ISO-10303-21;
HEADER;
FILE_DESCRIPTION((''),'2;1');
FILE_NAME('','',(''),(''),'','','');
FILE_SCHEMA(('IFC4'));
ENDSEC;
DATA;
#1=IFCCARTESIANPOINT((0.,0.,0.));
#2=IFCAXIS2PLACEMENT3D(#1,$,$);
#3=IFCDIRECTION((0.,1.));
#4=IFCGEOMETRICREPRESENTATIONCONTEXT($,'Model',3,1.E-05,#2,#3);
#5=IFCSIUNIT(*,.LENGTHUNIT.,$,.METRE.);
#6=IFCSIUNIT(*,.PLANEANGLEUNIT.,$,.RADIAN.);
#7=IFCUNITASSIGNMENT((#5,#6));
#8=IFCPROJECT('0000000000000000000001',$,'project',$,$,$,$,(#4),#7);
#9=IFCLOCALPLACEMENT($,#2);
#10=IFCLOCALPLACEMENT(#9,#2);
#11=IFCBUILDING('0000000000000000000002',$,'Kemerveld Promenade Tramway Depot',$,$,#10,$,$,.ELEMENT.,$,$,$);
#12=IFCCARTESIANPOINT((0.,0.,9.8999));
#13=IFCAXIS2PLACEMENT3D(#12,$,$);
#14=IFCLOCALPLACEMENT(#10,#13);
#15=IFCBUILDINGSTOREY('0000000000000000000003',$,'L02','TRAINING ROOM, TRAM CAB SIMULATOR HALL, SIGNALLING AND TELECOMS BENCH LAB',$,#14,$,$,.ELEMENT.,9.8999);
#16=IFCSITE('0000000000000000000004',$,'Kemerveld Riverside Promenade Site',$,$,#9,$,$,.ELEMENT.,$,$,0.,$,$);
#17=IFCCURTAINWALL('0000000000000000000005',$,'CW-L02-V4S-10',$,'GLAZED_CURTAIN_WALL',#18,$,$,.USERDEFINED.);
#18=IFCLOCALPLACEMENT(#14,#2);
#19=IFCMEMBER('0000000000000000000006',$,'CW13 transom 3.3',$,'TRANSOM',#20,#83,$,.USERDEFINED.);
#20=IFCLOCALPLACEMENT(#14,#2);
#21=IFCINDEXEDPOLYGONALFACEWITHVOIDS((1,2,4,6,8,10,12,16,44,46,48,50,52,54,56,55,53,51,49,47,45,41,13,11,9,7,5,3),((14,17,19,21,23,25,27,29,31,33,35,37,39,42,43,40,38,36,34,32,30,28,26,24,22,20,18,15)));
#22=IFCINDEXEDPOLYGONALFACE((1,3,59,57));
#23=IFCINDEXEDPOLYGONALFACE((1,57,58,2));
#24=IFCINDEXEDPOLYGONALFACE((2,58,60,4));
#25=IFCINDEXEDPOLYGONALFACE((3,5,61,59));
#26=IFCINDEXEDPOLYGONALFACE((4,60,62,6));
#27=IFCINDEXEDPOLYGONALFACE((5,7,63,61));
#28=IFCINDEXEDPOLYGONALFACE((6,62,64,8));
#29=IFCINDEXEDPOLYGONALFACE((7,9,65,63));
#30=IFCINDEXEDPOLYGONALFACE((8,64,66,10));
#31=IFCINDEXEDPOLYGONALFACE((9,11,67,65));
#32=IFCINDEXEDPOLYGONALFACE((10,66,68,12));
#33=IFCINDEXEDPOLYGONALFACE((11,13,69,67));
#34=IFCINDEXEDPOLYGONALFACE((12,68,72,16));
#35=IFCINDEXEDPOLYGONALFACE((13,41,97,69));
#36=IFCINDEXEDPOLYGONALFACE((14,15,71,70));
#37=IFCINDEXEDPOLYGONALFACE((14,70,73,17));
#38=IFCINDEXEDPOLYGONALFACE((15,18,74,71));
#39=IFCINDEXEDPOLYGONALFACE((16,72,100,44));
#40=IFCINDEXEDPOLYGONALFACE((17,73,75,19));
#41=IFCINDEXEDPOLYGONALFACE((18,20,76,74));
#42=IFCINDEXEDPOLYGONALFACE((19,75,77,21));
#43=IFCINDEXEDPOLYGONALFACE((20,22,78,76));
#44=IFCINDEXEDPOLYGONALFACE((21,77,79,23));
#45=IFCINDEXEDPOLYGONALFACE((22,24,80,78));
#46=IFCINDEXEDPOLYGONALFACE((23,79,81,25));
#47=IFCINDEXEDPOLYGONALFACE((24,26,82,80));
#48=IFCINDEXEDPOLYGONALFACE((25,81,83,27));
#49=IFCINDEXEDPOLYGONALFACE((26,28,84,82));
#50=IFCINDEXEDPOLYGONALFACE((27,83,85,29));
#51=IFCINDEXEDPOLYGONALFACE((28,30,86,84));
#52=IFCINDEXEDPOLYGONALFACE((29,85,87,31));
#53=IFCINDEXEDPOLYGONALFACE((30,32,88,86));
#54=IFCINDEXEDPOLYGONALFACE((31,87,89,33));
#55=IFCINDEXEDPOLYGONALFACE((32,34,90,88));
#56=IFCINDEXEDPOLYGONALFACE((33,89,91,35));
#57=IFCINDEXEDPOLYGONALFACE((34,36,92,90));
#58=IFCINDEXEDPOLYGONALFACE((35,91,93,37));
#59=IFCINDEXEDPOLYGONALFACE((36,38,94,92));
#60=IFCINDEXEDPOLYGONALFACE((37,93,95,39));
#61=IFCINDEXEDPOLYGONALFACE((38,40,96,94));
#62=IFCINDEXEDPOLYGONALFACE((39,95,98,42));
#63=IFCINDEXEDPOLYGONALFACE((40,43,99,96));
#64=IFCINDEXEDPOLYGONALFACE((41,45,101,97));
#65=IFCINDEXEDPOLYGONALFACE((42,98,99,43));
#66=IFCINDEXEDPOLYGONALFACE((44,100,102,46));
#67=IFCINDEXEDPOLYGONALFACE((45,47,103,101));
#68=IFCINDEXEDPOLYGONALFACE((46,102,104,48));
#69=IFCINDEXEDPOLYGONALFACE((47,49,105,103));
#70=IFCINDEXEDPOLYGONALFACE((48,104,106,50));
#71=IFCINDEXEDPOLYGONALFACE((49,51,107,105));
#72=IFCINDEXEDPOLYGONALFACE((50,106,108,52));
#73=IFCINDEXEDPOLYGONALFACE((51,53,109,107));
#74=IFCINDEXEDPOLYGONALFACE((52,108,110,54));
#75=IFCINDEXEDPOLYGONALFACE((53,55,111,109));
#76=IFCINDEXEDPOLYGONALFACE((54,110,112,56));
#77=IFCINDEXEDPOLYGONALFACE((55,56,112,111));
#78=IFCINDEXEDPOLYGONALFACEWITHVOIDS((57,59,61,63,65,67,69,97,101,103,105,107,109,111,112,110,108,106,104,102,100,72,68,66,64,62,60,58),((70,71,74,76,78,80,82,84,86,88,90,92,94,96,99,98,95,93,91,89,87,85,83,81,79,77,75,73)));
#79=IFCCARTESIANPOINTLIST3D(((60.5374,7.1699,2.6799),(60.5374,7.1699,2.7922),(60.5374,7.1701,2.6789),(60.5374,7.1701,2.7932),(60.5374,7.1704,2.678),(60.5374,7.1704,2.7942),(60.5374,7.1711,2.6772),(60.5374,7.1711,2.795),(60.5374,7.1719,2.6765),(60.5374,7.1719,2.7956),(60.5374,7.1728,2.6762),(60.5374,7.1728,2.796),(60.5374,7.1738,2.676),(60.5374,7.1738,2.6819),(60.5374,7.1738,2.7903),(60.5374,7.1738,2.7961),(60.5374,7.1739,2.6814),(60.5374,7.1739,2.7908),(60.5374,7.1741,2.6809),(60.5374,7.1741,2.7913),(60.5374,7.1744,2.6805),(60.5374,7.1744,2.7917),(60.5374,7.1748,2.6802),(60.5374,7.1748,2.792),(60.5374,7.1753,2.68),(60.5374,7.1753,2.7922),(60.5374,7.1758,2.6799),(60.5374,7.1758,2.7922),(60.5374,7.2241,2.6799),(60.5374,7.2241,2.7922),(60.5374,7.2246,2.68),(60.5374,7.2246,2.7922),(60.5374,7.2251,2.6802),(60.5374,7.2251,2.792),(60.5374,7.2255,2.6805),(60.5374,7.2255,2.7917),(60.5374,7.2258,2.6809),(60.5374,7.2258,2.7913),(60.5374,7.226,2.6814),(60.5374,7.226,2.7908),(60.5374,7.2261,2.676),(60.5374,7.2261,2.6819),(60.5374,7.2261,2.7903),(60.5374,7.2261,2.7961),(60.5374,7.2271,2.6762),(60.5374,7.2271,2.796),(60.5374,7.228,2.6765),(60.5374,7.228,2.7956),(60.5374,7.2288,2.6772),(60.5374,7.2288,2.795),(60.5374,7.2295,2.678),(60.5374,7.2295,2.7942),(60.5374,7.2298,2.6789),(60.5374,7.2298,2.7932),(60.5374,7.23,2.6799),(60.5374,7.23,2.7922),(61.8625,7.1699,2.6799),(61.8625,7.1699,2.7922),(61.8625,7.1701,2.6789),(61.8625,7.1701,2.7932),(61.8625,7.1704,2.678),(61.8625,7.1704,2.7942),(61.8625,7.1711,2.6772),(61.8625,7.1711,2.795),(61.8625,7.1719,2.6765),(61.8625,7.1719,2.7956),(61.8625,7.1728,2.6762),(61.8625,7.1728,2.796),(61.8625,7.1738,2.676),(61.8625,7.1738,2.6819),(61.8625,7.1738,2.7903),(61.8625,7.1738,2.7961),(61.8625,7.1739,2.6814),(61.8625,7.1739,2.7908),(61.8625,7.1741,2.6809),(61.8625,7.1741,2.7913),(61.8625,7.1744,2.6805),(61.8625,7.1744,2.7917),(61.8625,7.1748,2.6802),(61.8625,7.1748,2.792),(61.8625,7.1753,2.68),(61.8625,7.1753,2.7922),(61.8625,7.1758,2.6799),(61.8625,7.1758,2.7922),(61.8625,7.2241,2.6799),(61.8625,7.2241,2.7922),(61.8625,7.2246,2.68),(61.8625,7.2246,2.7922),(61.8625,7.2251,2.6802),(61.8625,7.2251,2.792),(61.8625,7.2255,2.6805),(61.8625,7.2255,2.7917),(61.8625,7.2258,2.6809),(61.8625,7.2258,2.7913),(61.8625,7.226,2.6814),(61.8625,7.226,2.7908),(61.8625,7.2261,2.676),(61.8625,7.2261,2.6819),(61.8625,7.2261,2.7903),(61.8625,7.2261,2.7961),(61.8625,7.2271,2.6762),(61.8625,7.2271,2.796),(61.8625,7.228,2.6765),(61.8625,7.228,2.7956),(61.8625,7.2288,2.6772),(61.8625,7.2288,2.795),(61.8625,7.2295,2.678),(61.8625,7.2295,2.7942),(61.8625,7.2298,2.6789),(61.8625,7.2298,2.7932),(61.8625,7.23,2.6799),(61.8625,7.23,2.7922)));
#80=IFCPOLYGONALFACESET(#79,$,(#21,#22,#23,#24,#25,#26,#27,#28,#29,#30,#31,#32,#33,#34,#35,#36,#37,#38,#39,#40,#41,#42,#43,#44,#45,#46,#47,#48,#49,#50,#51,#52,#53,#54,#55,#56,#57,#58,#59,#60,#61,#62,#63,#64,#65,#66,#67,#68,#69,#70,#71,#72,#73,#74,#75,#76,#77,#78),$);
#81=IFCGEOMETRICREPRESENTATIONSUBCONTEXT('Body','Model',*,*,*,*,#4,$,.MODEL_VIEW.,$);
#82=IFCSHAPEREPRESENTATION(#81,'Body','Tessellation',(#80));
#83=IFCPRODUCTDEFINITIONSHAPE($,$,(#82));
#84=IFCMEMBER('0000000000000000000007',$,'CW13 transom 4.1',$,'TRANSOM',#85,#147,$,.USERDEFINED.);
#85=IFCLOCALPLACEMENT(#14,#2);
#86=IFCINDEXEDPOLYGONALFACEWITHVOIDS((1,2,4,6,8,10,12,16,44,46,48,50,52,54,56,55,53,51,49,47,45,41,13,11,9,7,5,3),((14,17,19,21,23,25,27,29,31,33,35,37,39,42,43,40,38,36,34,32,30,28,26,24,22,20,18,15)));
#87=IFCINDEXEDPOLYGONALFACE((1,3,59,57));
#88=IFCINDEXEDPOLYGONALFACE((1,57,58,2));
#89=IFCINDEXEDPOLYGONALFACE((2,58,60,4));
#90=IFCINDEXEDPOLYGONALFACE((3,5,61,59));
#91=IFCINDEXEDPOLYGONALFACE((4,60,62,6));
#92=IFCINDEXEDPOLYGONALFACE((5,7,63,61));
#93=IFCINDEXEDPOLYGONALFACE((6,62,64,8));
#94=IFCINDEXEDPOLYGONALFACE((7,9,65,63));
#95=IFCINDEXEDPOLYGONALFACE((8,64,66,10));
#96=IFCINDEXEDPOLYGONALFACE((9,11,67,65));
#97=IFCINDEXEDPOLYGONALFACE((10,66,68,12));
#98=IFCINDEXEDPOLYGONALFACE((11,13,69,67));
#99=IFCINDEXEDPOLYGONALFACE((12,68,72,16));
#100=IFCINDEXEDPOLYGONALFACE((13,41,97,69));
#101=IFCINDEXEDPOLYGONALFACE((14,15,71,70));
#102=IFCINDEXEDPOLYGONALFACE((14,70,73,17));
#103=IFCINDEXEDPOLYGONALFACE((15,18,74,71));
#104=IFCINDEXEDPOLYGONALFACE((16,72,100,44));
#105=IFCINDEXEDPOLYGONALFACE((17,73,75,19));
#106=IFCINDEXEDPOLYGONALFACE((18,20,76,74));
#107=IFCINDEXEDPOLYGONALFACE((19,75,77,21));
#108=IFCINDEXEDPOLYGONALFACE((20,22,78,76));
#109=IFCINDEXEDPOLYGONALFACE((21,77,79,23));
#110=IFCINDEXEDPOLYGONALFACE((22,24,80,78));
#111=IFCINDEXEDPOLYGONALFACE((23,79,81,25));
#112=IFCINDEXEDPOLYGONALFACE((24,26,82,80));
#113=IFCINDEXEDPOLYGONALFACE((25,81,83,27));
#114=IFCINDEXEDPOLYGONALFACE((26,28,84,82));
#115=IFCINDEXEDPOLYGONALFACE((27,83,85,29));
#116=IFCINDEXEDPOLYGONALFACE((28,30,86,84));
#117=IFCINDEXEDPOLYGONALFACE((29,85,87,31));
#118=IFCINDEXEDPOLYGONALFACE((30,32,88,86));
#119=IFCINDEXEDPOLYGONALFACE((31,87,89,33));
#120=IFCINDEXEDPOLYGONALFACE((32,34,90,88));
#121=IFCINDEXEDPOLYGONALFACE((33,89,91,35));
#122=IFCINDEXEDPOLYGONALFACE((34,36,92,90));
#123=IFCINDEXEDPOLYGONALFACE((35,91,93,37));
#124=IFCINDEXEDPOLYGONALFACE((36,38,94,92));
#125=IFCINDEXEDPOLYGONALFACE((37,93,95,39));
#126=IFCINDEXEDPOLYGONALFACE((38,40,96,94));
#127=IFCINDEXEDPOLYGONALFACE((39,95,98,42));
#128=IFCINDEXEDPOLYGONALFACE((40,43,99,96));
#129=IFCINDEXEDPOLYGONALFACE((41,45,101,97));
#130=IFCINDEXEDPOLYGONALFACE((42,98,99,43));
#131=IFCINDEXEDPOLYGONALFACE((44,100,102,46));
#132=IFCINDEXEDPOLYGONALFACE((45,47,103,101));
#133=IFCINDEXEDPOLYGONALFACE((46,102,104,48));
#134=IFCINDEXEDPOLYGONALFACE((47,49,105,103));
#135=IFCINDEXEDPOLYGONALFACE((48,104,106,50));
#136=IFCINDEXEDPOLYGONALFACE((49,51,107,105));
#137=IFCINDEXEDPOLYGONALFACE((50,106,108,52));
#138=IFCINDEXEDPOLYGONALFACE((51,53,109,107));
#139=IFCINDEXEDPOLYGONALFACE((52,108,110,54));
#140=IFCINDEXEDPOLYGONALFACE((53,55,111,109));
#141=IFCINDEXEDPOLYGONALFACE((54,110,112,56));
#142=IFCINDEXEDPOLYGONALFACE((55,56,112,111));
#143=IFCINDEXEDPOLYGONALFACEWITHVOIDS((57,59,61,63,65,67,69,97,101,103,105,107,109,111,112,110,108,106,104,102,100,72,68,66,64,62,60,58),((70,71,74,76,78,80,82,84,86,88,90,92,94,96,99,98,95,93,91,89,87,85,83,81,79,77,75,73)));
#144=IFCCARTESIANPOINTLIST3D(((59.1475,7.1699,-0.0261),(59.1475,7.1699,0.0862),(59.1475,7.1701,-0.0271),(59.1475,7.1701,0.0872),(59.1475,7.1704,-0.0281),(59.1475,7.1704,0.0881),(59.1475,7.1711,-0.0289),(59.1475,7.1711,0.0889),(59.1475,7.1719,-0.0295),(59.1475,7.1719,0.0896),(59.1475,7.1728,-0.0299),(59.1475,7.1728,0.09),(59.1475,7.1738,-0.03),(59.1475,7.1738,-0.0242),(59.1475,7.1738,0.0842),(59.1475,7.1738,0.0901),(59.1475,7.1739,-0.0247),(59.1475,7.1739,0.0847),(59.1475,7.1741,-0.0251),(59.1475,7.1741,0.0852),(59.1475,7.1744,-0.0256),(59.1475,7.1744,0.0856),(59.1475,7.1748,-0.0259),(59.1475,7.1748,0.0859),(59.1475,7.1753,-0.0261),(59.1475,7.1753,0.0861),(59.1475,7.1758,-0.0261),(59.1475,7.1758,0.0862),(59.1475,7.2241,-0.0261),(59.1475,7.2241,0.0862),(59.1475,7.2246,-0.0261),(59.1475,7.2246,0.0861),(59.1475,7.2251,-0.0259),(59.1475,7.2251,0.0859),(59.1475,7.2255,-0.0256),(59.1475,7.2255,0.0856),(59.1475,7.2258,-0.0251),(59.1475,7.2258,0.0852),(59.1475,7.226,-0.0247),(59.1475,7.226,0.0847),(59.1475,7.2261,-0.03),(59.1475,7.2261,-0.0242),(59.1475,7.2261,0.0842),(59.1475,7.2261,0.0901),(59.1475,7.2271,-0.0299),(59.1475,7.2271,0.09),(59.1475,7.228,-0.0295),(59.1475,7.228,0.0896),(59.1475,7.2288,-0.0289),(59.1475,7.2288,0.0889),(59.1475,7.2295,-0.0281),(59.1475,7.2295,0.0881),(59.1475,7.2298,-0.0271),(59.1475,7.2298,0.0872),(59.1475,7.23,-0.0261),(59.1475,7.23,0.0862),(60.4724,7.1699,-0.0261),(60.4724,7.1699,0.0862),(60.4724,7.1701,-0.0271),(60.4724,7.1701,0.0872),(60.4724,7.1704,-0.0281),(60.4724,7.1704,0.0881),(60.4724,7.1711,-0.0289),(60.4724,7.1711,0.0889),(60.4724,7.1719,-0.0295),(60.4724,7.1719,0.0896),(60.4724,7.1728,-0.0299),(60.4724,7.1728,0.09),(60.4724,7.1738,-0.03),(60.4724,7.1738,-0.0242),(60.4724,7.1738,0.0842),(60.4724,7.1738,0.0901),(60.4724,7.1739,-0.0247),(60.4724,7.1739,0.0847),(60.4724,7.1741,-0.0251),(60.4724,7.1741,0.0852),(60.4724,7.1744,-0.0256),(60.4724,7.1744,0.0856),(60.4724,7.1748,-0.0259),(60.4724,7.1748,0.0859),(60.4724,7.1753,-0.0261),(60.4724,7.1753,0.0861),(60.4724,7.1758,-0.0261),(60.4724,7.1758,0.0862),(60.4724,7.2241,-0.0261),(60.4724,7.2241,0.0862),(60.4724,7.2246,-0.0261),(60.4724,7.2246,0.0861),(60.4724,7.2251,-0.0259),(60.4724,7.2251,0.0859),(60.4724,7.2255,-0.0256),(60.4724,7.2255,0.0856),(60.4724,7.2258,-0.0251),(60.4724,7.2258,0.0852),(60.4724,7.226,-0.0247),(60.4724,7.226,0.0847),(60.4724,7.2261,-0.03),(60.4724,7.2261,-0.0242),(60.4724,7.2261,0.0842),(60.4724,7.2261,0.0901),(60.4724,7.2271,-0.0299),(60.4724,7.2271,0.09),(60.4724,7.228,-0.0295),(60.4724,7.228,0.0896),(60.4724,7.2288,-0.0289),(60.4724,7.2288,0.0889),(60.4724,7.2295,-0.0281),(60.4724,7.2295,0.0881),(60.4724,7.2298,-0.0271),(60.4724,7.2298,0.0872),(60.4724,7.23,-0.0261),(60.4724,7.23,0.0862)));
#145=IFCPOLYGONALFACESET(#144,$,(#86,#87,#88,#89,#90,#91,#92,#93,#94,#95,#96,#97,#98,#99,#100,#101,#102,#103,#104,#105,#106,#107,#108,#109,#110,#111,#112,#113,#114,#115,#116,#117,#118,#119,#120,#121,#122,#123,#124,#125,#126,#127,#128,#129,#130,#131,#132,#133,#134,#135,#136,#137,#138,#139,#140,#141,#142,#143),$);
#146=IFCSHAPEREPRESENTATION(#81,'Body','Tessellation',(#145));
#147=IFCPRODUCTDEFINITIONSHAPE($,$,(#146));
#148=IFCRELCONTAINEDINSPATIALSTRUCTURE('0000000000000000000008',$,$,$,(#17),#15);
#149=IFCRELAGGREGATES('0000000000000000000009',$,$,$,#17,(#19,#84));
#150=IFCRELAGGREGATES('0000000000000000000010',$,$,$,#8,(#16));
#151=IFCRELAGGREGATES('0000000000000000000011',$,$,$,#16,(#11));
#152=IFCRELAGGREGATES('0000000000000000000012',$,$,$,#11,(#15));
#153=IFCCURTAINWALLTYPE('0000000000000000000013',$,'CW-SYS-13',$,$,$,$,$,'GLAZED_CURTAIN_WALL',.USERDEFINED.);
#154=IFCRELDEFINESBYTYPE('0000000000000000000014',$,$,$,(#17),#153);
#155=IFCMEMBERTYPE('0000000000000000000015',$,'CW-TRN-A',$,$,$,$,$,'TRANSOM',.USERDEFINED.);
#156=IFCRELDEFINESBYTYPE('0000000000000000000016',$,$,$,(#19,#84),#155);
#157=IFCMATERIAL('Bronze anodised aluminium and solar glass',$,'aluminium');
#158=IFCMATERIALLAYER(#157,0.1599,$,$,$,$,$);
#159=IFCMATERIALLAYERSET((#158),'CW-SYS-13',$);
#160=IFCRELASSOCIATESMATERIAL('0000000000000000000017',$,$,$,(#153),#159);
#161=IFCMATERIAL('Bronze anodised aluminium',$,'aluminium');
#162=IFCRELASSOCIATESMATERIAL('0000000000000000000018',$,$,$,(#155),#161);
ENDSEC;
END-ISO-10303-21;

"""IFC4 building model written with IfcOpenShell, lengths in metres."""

from ifc_helpers import new_model, si_unit, direction, frame, origin, origin_2d, place, context, subcontext, project, spatial, hollow_rectangle, extrude, material, layer, layer_set, material_profile, profile_set, type_object, element, aggregate, save


model = new_model("IFC4")

# Units and contexts
model_context = context("Model", 3, precision=1e-05, world=origin(), true_north=direction((0.0, 1.0)))
body_context = subcontext(model_context, "Body", "Model", "MODEL_VIEW")
ifc_project = project(units=[si_unit("LENGTHUNIT", "METRE"), si_unit("PLANEANGLEUNIT", "RADIAN")], contexts=[model_context])

# Site, building, storey
site_placement = place(None, origin())
site = spatial("IfcSite", under=ifc_project, at=site_placement, Name="Kemerveld Riverside Promenade Site", CompositionType="ELEMENT", RefElevation=0.0)
building_placement = place(site_placement, origin())
building = spatial("IfcBuilding", under=site, at=building_placement, Name="Kemerveld Promenade Tramway Depot", CompositionType="ELEMENT")
storey_placement = place(building_placement, frame((0.0, 0.0, 9.8999)))
storey = spatial("IfcBuildingStorey", under=building, at=storey_placement, Name="L02", Description="TRAINING ROOM, TRAM CAB SIMULATOR HALL, SIGNALLING AND TELECOMS BENCH LAB", CompositionType="ELEMENT", Elevation=9.8999)

# Curtain wall
ifc_material_1 = material(Name="Bronze anodised aluminium and solar glass", Category="aluminium")
ifc_layer_1 = layer(ifc_material_1, 0.1599)
ifc_layer_set_1 = layer_set([ifc_layer_1], Name="CW-SYS-13")
curtain_wall_type_1 = type_object("IfcCurtainWallType", Name="CW-SYS-13", ElementType="GLAZED_CURTAIN_WALL", PredefinedType="USERDEFINED", material=ifc_layer_set_1)
curtain_wall_1_placement = place(storey_placement, origin())
curtain_wall_1 = element("IfcCurtainWall", 1, at=curtain_wall_1_placement, inside=storey, type_object=curtain_wall_type_1, Name="CW-L02-V4S-10", ObjectType="GLAZED_CURTAIN_WALL", PredefinedType="USERDEFINED")
ifc_material_2 = material(Name="Bronze anodised aluminium", Category="aluminium")

# Members
ifc_material_profile_1 = material_profile(ifc_material_2, hollow_rectangle(XDim=0.0601, YDim=0.1201, WallThickness=0.0039, InnerFilletRadius=0.002, OuterFilletRadius=0.0039, at=origin_2d()), Name="CW-TRN-120x60")
ifc_profile_set_1 = profile_set([ifc_material_profile_1], Name="Bronze anodised aluminium")
member_type_1 = type_object("IfcMemberType", Name="CW-TRN-A", ElementType="TRANSOM", PredefinedType="USERDEFINED", material=ifc_profile_set_1)
member_1_placement = place(storey_placement, frame((61.8625, 7.2, 2.7361), z_axis=(-1.0, 0.0, 0.0), x_axis=(0.0, -1.0, 0.0)))
member_1 = element("IfcMember", 2, at=member_1_placement, type_object=member_type_1, Name="CW13 transom 3.3", ObjectType="TRANSOM", PredefinedType="USERDEFINED", context=body_context, shape_type="SweptSolid", body=[
    extrude(hollow_rectangle(XDim=0.0601, YDim=0.1201, WallThickness=0.0039, InnerFilletRadius=0.002, OuterFilletRadius=0.0039, at=origin_2d()), origin(), (0.0, 0.0, 1.0), 1.3252),
])
member_2_placement = place(storey_placement, frame((60.4724, 7.2, 0.03), z_axis=(-1.0, 0.0, 0.0), x_axis=(0.0, -1.0, 0.0)))
member_2 = element("IfcMember", 3, at=member_2_placement, type_object=member_type_1, Name="CW13 transom 4.1", ObjectType="TRANSOM", PredefinedType="USERDEFINED", context=body_context, shape_type="SweptSolid", body=[
    extrude(hollow_rectangle(XDim=0.0601, YDim=0.1201, WallThickness=0.0039, InnerFilletRadius=0.002, OuterFilletRadius=0.0039, at=origin_2d()), origin(), (0.0, 0.0, 1.0), 1.325),
])

aggregate(curtain_wall_1, [member_1, member_2])

save(model, "model.ifc")
